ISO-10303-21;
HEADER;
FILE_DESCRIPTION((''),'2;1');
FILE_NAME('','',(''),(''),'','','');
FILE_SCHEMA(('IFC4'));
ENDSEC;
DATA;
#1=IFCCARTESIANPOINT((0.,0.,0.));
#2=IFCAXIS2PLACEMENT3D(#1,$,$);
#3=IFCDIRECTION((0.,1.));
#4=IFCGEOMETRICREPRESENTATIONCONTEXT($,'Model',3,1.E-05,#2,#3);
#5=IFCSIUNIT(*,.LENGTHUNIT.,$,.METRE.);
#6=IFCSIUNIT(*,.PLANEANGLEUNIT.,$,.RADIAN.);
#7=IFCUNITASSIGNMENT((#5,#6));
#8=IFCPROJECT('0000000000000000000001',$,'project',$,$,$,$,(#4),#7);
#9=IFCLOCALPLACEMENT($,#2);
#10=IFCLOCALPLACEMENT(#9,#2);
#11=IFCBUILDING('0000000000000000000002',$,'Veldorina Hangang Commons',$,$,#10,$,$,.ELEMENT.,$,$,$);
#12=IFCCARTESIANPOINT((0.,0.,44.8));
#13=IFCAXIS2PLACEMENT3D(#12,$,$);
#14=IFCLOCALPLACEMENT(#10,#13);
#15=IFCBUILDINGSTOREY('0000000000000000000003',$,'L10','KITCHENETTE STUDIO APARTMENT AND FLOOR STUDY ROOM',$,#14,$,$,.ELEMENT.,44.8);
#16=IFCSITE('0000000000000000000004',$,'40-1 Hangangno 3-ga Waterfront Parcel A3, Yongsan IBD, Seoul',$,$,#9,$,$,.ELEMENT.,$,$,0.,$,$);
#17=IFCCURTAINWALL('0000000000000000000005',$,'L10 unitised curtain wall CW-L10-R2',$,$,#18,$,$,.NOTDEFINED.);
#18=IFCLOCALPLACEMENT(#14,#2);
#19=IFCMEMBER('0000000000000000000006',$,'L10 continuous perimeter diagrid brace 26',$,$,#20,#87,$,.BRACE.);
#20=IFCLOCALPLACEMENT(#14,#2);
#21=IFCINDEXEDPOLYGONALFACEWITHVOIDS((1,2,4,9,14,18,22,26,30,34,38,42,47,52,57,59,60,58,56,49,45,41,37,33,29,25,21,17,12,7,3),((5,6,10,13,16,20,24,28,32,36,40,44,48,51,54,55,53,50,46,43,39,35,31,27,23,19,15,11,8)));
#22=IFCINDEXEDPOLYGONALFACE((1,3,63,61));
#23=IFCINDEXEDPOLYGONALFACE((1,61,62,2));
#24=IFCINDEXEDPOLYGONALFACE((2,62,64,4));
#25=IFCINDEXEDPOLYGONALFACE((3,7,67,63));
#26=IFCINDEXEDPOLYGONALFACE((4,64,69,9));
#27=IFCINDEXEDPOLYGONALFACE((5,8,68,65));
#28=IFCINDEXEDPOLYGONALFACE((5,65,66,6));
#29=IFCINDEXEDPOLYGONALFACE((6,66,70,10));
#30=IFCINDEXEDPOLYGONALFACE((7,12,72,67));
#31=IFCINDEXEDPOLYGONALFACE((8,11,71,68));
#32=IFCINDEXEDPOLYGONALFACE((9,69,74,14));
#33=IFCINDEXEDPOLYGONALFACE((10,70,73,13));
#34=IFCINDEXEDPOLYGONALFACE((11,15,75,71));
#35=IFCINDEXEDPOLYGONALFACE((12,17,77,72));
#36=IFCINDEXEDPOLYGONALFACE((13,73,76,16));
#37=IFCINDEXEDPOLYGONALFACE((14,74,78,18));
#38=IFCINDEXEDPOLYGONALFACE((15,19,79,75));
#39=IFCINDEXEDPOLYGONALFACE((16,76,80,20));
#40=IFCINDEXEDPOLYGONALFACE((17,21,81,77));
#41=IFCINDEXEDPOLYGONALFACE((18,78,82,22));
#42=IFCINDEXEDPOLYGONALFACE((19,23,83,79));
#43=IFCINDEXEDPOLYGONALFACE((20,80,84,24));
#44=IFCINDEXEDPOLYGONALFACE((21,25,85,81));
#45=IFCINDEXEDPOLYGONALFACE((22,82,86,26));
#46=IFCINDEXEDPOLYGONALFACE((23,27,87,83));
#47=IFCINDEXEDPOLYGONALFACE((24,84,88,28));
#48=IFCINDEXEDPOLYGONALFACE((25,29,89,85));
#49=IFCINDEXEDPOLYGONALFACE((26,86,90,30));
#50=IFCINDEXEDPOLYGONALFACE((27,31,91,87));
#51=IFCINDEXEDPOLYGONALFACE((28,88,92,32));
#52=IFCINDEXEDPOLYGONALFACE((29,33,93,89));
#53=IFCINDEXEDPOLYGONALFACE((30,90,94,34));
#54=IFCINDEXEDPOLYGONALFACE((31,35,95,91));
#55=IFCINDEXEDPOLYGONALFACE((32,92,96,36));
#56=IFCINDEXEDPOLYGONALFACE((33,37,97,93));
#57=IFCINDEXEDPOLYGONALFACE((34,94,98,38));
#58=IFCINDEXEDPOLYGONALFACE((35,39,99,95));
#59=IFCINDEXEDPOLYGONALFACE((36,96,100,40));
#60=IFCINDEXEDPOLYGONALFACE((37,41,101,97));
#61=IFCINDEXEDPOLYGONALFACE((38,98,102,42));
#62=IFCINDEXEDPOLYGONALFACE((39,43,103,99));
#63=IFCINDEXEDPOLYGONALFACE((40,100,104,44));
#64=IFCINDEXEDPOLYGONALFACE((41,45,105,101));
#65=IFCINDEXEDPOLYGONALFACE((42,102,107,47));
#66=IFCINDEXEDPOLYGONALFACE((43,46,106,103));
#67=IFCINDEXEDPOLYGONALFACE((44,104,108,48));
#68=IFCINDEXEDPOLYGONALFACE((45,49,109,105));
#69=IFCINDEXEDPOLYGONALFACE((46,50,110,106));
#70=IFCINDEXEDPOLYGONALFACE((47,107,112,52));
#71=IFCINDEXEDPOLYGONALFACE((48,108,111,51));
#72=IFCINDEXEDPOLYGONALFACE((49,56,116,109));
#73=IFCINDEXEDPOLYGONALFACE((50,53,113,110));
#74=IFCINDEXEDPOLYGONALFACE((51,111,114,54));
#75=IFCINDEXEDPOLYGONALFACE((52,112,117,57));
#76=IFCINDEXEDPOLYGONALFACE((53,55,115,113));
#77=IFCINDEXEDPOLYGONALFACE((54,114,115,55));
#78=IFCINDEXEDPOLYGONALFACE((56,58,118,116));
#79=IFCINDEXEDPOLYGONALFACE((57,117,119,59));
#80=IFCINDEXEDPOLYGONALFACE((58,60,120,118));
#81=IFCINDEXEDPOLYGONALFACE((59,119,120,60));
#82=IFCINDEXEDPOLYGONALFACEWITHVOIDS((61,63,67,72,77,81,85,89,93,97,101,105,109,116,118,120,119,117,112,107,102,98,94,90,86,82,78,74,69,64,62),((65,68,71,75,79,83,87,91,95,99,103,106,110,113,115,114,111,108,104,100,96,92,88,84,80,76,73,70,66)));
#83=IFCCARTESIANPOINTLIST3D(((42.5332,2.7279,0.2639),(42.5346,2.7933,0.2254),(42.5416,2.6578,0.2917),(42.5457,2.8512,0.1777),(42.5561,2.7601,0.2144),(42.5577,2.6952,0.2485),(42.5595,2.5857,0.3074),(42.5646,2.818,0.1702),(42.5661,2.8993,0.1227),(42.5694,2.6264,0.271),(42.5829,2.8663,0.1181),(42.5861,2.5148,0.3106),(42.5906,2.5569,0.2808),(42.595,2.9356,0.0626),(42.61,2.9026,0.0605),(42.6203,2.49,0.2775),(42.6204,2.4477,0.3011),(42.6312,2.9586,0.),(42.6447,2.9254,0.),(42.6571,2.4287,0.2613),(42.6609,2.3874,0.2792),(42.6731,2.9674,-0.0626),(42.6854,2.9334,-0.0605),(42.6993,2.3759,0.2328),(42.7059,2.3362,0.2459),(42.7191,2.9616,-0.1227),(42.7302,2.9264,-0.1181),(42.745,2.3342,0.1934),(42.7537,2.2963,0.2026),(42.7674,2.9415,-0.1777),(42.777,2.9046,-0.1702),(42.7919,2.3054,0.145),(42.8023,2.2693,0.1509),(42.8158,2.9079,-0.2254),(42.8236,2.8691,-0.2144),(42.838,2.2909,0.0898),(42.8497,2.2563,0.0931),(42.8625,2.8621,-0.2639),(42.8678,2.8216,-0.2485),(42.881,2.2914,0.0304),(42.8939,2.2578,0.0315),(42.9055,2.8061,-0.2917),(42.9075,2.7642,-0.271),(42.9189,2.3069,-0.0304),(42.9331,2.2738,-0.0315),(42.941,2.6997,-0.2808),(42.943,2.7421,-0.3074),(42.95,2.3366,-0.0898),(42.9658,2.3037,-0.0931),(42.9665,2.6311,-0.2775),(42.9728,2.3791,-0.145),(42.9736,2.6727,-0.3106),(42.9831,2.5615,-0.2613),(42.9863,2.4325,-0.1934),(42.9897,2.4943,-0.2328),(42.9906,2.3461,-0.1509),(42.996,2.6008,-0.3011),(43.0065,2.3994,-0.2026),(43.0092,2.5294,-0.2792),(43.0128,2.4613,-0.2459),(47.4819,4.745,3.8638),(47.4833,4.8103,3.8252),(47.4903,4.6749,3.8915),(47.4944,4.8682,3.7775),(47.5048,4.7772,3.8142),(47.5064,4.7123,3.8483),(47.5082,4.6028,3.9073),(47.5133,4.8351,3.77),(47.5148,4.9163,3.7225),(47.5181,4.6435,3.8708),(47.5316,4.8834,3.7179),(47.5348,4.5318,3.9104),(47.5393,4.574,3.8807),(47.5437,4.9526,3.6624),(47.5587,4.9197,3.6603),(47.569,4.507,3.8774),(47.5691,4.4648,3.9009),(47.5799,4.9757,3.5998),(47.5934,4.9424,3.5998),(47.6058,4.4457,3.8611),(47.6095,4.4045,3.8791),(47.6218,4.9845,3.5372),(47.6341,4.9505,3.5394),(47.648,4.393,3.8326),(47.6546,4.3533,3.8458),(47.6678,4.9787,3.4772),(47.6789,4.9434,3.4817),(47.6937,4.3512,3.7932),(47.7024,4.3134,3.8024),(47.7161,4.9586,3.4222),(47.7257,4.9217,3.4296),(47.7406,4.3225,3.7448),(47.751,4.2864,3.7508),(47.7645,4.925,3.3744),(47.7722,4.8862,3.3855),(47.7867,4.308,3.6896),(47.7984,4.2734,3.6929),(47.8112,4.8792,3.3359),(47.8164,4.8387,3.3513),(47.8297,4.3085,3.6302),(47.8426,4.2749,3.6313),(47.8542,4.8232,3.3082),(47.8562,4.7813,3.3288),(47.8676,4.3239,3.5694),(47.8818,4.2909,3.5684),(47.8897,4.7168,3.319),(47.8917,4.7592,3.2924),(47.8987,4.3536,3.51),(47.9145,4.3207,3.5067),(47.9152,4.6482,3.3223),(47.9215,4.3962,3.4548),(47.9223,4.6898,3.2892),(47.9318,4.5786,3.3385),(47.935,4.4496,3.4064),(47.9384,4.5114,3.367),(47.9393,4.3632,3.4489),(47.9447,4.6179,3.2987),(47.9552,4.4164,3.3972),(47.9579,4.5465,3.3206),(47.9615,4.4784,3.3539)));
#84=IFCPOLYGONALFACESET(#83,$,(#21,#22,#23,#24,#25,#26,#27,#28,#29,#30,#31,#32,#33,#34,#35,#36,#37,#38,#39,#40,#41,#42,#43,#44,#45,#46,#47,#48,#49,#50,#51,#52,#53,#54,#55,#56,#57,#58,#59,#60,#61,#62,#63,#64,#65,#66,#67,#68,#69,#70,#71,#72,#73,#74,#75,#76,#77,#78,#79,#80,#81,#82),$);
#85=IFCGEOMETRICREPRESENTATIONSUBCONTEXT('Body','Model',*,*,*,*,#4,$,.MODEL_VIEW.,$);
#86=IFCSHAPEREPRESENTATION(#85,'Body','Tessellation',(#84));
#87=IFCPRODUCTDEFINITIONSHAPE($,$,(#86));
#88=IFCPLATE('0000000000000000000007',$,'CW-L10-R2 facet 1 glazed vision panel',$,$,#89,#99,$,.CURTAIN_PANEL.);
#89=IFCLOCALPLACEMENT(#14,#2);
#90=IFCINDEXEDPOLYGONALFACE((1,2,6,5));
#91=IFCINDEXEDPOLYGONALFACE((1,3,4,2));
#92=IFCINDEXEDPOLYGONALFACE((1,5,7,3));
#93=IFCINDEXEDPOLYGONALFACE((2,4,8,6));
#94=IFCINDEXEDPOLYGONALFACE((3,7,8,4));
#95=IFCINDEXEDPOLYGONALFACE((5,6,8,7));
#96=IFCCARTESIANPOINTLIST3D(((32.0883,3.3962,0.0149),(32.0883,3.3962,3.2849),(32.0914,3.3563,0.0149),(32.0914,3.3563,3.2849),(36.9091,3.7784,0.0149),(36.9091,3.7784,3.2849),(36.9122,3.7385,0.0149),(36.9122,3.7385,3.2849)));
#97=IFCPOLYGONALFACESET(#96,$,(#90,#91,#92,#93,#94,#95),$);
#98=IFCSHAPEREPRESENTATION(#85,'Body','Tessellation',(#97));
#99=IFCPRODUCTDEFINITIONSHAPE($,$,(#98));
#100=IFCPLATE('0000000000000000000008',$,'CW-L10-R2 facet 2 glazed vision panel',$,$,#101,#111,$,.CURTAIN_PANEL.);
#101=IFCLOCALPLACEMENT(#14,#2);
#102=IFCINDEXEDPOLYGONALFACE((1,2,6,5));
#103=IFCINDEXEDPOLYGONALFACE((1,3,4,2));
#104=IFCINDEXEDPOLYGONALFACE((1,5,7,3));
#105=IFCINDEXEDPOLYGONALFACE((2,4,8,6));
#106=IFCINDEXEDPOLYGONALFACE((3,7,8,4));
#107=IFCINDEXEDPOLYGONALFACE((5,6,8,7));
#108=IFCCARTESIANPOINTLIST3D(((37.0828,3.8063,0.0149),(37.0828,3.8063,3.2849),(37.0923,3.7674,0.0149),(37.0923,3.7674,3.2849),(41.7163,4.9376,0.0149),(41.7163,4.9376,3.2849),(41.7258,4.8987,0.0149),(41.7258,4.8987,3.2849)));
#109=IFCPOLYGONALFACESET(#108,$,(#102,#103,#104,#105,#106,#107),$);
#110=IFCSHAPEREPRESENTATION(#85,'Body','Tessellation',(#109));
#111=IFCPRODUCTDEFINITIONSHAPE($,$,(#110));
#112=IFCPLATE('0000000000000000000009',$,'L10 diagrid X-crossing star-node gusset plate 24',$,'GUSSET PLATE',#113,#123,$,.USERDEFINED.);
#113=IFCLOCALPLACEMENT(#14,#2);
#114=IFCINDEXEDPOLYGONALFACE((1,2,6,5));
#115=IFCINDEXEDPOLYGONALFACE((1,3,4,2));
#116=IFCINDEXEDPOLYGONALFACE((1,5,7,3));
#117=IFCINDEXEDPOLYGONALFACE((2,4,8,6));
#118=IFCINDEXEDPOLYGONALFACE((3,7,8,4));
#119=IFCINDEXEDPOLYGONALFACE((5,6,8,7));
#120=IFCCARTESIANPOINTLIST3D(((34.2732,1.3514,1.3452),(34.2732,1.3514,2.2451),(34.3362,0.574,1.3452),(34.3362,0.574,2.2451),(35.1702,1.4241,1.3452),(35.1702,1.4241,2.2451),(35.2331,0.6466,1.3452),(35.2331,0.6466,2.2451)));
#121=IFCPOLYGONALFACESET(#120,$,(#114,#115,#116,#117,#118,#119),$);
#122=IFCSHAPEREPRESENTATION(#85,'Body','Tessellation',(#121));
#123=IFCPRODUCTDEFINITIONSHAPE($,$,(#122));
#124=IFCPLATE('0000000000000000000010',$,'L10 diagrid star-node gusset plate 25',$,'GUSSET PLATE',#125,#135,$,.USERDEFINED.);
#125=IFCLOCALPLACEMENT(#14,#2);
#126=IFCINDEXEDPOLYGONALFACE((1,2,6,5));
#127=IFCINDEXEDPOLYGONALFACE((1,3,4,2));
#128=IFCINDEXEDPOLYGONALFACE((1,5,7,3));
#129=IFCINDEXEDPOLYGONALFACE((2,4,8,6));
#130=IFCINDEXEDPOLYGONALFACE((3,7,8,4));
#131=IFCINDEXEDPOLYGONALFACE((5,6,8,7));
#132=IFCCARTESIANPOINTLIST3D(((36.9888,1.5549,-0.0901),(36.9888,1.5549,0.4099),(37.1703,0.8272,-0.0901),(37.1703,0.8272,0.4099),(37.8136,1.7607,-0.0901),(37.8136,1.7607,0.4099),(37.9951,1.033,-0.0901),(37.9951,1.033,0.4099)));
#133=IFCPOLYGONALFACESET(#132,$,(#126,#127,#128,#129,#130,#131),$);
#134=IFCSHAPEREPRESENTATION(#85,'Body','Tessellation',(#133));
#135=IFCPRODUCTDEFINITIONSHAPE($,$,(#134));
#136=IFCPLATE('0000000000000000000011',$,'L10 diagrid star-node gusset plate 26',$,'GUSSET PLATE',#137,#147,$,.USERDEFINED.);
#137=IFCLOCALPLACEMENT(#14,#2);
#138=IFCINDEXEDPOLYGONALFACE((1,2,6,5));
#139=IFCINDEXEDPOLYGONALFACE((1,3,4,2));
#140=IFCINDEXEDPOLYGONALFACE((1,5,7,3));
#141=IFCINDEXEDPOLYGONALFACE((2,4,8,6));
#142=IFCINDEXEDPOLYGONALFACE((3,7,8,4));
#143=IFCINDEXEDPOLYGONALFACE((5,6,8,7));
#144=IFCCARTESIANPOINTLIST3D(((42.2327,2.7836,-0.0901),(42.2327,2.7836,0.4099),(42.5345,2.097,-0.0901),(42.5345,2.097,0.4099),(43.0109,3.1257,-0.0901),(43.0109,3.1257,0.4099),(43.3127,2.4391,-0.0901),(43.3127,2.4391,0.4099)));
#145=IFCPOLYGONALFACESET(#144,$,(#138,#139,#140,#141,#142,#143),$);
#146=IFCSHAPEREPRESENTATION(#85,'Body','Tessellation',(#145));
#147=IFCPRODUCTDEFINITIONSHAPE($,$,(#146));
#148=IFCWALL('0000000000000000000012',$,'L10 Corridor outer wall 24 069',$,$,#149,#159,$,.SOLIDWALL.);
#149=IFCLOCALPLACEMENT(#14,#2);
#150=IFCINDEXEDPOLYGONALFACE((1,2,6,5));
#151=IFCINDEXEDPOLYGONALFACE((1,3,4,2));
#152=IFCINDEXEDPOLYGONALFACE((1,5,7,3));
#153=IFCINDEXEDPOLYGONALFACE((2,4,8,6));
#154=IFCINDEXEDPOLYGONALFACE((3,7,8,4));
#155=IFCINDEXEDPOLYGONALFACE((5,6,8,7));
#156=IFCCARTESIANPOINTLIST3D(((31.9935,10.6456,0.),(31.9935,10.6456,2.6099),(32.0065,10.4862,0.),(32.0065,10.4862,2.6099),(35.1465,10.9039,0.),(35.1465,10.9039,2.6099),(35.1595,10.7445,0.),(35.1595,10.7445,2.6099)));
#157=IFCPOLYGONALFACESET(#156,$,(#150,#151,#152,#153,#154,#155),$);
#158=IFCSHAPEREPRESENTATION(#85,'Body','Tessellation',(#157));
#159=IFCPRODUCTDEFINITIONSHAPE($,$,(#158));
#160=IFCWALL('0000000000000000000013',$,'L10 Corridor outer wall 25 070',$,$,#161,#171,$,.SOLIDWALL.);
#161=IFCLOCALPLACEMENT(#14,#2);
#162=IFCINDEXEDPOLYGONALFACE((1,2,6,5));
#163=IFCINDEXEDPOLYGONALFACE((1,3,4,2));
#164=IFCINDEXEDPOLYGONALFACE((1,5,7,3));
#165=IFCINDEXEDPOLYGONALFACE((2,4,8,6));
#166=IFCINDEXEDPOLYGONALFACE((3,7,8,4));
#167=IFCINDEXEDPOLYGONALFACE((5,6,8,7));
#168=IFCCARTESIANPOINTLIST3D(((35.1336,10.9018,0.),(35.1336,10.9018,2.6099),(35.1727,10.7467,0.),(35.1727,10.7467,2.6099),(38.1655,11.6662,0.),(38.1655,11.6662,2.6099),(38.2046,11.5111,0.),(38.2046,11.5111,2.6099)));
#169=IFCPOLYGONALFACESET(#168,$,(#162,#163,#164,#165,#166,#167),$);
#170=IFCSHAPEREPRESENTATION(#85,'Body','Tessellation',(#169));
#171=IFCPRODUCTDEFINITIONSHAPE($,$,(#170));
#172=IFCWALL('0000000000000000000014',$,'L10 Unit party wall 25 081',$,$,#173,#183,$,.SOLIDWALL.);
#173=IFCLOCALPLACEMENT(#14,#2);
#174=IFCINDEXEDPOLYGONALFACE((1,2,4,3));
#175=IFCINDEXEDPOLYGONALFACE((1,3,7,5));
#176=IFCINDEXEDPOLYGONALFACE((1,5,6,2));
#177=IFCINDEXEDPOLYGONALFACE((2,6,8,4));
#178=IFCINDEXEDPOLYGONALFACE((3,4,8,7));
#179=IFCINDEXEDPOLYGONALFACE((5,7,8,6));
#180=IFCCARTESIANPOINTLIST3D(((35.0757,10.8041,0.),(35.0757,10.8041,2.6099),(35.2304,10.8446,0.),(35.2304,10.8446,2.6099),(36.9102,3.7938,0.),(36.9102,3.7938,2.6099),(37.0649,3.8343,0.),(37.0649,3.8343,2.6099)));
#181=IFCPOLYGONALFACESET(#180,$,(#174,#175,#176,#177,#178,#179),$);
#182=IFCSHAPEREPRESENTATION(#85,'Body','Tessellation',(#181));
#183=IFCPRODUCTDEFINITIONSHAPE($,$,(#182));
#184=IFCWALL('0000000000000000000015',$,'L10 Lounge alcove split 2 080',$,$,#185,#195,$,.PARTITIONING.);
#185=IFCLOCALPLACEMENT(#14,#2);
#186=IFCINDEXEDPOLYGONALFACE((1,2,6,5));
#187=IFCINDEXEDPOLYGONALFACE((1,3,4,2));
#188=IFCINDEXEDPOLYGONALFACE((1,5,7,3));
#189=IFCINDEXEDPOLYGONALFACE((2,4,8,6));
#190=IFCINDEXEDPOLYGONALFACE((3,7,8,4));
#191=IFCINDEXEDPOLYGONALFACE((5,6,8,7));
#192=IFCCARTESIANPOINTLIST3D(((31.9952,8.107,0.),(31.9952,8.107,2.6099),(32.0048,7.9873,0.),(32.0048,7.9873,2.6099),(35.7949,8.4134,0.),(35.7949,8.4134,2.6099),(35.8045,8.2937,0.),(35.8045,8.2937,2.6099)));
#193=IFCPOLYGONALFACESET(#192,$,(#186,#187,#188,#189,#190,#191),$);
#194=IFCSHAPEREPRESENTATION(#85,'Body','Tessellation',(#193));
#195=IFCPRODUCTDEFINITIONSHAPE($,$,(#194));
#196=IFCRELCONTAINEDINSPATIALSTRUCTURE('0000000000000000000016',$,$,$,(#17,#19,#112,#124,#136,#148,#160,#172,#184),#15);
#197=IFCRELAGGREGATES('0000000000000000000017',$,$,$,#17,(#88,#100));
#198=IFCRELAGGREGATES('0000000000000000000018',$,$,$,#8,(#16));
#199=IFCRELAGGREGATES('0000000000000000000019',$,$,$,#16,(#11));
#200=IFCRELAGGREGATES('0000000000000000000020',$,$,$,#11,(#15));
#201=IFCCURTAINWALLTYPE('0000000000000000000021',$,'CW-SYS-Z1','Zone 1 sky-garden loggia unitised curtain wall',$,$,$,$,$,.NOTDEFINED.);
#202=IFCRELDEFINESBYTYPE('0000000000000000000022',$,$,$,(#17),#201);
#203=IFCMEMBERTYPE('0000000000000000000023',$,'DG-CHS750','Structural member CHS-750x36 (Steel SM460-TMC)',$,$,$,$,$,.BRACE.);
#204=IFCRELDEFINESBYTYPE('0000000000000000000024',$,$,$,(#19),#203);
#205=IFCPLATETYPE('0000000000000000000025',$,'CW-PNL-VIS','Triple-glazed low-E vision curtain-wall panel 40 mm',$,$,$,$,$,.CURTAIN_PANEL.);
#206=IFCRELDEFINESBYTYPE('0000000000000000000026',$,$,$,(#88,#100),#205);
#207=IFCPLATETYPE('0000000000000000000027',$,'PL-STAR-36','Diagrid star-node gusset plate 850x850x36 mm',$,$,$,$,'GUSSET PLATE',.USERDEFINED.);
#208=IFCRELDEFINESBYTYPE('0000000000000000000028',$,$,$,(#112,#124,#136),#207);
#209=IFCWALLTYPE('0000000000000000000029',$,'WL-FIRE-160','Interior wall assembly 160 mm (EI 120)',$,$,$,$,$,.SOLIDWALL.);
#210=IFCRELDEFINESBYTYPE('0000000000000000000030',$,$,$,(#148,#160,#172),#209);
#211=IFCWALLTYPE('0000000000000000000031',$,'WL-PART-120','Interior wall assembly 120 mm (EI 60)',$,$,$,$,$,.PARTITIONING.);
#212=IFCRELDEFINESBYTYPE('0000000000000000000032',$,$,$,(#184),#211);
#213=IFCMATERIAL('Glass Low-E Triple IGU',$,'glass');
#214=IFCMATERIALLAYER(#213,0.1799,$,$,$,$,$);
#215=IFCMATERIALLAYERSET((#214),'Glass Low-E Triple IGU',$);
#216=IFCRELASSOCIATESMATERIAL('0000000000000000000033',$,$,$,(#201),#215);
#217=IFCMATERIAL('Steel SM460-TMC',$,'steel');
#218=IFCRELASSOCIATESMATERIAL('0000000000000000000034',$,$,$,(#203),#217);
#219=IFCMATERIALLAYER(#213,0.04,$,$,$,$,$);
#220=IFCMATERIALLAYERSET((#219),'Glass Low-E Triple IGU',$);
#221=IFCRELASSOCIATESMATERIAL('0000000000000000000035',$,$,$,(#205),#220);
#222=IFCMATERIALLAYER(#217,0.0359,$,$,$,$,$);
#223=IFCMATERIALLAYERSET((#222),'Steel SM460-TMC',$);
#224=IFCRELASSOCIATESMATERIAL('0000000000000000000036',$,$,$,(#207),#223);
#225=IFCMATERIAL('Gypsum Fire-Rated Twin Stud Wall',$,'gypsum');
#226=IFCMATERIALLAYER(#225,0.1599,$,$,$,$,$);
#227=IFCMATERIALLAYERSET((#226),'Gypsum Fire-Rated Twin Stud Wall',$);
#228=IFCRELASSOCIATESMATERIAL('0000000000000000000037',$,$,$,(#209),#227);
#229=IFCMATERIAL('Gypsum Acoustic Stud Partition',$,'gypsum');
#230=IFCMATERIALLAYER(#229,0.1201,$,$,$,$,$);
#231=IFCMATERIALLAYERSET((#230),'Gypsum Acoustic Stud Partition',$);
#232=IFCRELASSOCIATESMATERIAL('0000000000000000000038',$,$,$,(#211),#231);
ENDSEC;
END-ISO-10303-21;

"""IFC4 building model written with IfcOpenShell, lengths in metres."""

from ifc_helpers import new_model, si_unit, direction, frame, frame_2d, origin, origin_2d, place, context, subcontext, project, spatial, rectangle, hollow_circle, extrude, material, layer, layer_set, material_profile, profile_set, type_object, element, aggregate, save


model = new_model("IFC4")

# Units and contexts
model_context = context("Model", 3, precision=1e-05, world=origin(), true_north=direction((0.0, 1.0)))
body_context = subcontext(model_context, "Body", "Model", "MODEL_VIEW")
ifc_project = project(units=[si_unit("LENGTHUNIT", "METRE"), si_unit("PLANEANGLEUNIT", "RADIAN")], contexts=[model_context])

# Site, building, storey
site_placement = place(None, origin())
site = spatial("IfcSite", under=ifc_project, at=site_placement, Name="40-1 Hangangno 3-ga Waterfront Parcel A3, Yongsan IBD, Seoul", CompositionType="ELEMENT", RefElevation=0.0)
building_placement = place(site_placement, origin())
building = spatial("IfcBuilding", under=site, at=building_placement, Name="Veldorina Hangang Commons", CompositionType="ELEMENT")
storey_placement = place(building_placement, frame((0.0, 0.0, 44.8)))
storey = spatial("IfcBuildingStorey", under=building, at=storey_placement, Name="L10", Description="KITCHENETTE STUDIO APARTMENT AND FLOOR STUDY ROOM", CompositionType="ELEMENT", Elevation=44.8)

# Shared definitions
ifc_material_1 = material(Name="Steel SM460-TMC", Category="steel")

# Curtain wall
ifc_material_2 = material(Name="Glass Low-E Triple IGU", Category="glass")
ifc_layer_1 = layer(ifc_material_2, 0.1799)
ifc_layer_set_1 = layer_set([ifc_layer_1], Name="Glass Low-E Triple IGU")
curtain_wall_type = type_object("IfcCurtainWallType", Name="CW-SYS-Z1", Description="Zone 1 sky-garden loggia unitised curtain wall", PredefinedType="NOTDEFINED", material=ifc_layer_set_1)
curtain_wall_placement = place(storey_placement, origin())
curtain_wall = element("IfcCurtainWall", 1, at=curtain_wall_placement, inside=storey, type_object=curtain_wall_type, Name="L10 unitised curtain wall CW-L10-R2", PredefinedType="NOTDEFINED")

# Member
ifc_material_profile_1 = material_profile(ifc_material_1, hollow_circle(Radius=0.375, WallThickness=0.0359, at=origin_2d()), Name="CHS-750x36")
ifc_profile_set_1 = profile_set([ifc_material_profile_1], Name="Steel SM460-TMC")
member_type_1 = type_object("IfcMemberType", Name="DG-CHS750", Description="Structural member CHS-750x36 (Steel SM460-TMC)", PredefinedType="BRACE", material=ifc_profile_set_1)
member_1_placement = place(storey_placement, frame((42.7727, 2.6113, 0.0), z_axis=(0.76803, 0.313047, 0.558688), x_axis=(-0.377448, 0.926031, 0.0)))
element("IfcMember", 2, at=member_1_placement, inside=storey, type_object=member_type_1, Name="L10 continuous perimeter diagrid brace 26", PredefinedType="BRACE", context=body_context, shape_type="SweptSolid", body=[
    extrude(hollow_circle(Radius=0.375, WallThickness=0.0359, at=origin_2d()), origin(), (0.0, 0.0, 1.0), 6.4434),
])

# Plates
ifc_layer_2 = layer(ifc_material_2, 0.04)
ifc_layer_set_2 = layer_set([ifc_layer_2], Name="Glass Low-E Triple IGU")
plate_type_1 = type_object("IfcPlateType", Name="CW-PNL-VIS", Description="Triple-glazed low-E vision curtain-wall panel 40 mm", PredefinedType="CURTAIN_PANEL", material=ifc_layer_set_2)
plate_1_placement = place(storey_placement, frame((34.5002, 3.5674, 0.0149), z_axis=(0.0, 0.0, 1.0), x_axis=(0.996872, 0.079033, 0.0)))
plate_1 = element("IfcPlate", 3, at=plate_1_placement, type_object=plate_type_1, Name="CW-L10-R2 facet 1 glazed vision panel", PredefinedType="CURTAIN_PANEL", context=body_context, shape_type="SweptSolid", body=[
    extrude(rectangle(XDim=4.8359, YDim=0.04, at=origin_2d()), origin(), (0.0, 0.0, 1.0), 3.27),
])
plate_2_placement = place(storey_placement, frame((39.4043, 4.3525, 0.0149), z_axis=(0.0, 0.0, 1.0), x_axis=(0.971462, 0.237194, 0.0)))
plate_2 = element("IfcPlate", 4, at=plate_2_placement, type_object=plate_type_1, Name="CW-L10-R2 facet 2 glazed vision panel", PredefinedType="CURTAIN_PANEL", context=body_context, shape_type="SweptSolid", body=[
    extrude(rectangle(XDim=4.7695, YDim=0.04, at=origin_2d()), origin(), (0.0, 0.0, 1.0), 3.27),
])
aggregate(curtain_wall, [plate_1, plate_2])

# Plates
ifc_layer_3 = layer(ifc_material_1, 0.0359)
ifc_layer_set_3 = layer_set([ifc_layer_3], Name="Steel SM460-TMC")
plate_type_2 = type_object("IfcPlateType", Name="PL-STAR-36", Description="Diagrid star-node gusset plate 850x850x36 mm", ElementType="GUSSET PLATE", PredefinedType="USERDEFINED", material=ifc_layer_set_3)
plate_3_placement = place(storey_placement, frame((34.7532, 0.999, 1.3452), z_axis=(0.0, 0.0, 1.0), x_axis=(0.996737, 0.080721, 0.0)))
element("IfcPlate", 5, at=plate_3_placement, inside=storey, type_object=plate_type_2, Name="L10 diagrid X-crossing star-node gusset plate 24", ObjectType="GUSSET PLATE", PredefinedType="USERDEFINED", context=body_context, shape_type="SweptSolid", body=[
    extrude(rectangle(XDim=0.8999, YDim=0.78, at=origin_2d()), origin(), (0.0, 0.0, 1.0), 0.8999),
])
for number, where, z_axis, x_axis, name in (
    (6, (37.4919, 1.2939, -0.0901), (0.0, 0.0, 1.0), (0.970266, 0.24204, 0.0), "L10 diagrid star-node gusset plate 25"),
    (7, (42.7727, 2.6113, -0.0901), (0.0, 0.0, 1.0), (0.915459, 0.402411, 0.0), "L10 diagrid star-node gusset plate 26"),
):
    element("IfcPlate", number, at=place(storey_placement, frame(where, z_axis=z_axis, x_axis=x_axis)), inside=storey, type_object=plate_type_2, Name=name, ObjectType="GUSSET PLATE", PredefinedType="USERDEFINED", context=body_context, shape_type="SweptSolid", body=[
        extrude(rectangle(XDim=0.8501, YDim=0.75, at=origin_2d()), origin(), (0.0, 0.0, 1.0), 0.5),
    ])

# Walls
ifc_material_3 = material(Name="Gypsum Fire-Rated Twin Stud Wall", Category="gypsum")
ifc_layer_4 = layer(ifc_material_3, 0.1599)
ifc_layer_set_4 = layer_set([ifc_layer_4], Name="Gypsum Fire-Rated Twin Stud Wall")
wall_type_1 = type_object("IfcWallType", Name="WL-FIRE-160", Description="Interior wall assembly 160 mm (EI 120)", PredefinedType="SOLIDWALL", material=ifc_layer_set_4)
wall_1_placement = place(storey_placement, frame((32.0, 10.5659, 0.0), z_axis=(0.0, 0.0, 1.0), x_axis=(0.996661, 0.081647, 0.0)))
element("IfcWall", 8, at=wall_1_placement, inside=storey, type_object=wall_type_1, Name="L10 Corridor outer wall 24 069", PredefinedType="SOLIDWALL", context=body_context, shape_type="SweptSolid", body=[
    extrude(rectangle(XDim=3.1636, YDim=0.1599, at=frame_2d((1.5818, 0.0))), origin(), (0.0, 0.0, 1.0), 2.6099),
])
wall_2_placement = place(storey_placement, frame((35.1531, 10.8242, 0.0), z_axis=(0.0, 0.0, 1.0), x_axis=(0.969654, 0.244483, 0.0)))
element("IfcWall", 9, at=wall_2_placement, inside=storey, type_object=wall_type_1, Name="L10 Corridor outer wall 25 070", PredefinedType="SOLIDWALL", context=body_context, shape_type="SweptSolid", body=[
    extrude(rectangle(XDim=3.1267, YDim=0.1599, at=frame_2d((1.5635, 0.0))), origin(), (0.0, 0.0, 1.0), 2.6099),
])
wall_3_placement = place(storey_placement, frame((35.1531, 10.8242, 0.0), z_axis=(0.0, 0.0, 1.0), x_axis=(0.25316, -0.967425, 0.0)))
element("IfcWall", 10, at=wall_3_placement, inside=storey, type_object=wall_type_1, Name="L10 Unit party wall 25 081", PredefinedType="SOLIDWALL", context=body_context, shape_type="SweptSolid", body=[
    extrude(rectangle(XDim=7.2463, YDim=0.1599, at=frame_2d((3.623, 0.0))), origin(), (0.0, 0.0, 1.0), 2.6099),
])
ifc_material_4 = material(Name="Gypsum Acoustic Stud Partition", Category="gypsum")
ifc_layer_5 = layer(ifc_material_4, 0.1201)
ifc_layer_set_5 = layer_set([ifc_layer_5], Name="Gypsum Acoustic Stud Partition")
wall_type_2 = type_object("IfcWallType", Name="WL-PART-120", Description="Interior wall assembly 120 mm (EI 60)", PredefinedType="PARTITIONING", material=ifc_layer_set_5)
wall_4_placement = place(storey_placement, frame((32.0, 8.0471, 0.0), z_axis=(0.0, 0.0, 1.0), x_axis=(0.996764, 0.080379, 0.0)))
element("IfcWall", 11, at=wall_4_placement, inside=storey, type_object=wall_type_2, Name="L10 Lounge alcove split 2 080", PredefinedType="PARTITIONING", context=body_context, shape_type="SweptSolid", body=[
    extrude(rectangle(XDim=3.812, YDim=0.1201, at=frame_2d((1.906, 0.0))), origin(), (0.0, 0.0, 1.0), 2.6099),
])

save(model, "model.ifc")
